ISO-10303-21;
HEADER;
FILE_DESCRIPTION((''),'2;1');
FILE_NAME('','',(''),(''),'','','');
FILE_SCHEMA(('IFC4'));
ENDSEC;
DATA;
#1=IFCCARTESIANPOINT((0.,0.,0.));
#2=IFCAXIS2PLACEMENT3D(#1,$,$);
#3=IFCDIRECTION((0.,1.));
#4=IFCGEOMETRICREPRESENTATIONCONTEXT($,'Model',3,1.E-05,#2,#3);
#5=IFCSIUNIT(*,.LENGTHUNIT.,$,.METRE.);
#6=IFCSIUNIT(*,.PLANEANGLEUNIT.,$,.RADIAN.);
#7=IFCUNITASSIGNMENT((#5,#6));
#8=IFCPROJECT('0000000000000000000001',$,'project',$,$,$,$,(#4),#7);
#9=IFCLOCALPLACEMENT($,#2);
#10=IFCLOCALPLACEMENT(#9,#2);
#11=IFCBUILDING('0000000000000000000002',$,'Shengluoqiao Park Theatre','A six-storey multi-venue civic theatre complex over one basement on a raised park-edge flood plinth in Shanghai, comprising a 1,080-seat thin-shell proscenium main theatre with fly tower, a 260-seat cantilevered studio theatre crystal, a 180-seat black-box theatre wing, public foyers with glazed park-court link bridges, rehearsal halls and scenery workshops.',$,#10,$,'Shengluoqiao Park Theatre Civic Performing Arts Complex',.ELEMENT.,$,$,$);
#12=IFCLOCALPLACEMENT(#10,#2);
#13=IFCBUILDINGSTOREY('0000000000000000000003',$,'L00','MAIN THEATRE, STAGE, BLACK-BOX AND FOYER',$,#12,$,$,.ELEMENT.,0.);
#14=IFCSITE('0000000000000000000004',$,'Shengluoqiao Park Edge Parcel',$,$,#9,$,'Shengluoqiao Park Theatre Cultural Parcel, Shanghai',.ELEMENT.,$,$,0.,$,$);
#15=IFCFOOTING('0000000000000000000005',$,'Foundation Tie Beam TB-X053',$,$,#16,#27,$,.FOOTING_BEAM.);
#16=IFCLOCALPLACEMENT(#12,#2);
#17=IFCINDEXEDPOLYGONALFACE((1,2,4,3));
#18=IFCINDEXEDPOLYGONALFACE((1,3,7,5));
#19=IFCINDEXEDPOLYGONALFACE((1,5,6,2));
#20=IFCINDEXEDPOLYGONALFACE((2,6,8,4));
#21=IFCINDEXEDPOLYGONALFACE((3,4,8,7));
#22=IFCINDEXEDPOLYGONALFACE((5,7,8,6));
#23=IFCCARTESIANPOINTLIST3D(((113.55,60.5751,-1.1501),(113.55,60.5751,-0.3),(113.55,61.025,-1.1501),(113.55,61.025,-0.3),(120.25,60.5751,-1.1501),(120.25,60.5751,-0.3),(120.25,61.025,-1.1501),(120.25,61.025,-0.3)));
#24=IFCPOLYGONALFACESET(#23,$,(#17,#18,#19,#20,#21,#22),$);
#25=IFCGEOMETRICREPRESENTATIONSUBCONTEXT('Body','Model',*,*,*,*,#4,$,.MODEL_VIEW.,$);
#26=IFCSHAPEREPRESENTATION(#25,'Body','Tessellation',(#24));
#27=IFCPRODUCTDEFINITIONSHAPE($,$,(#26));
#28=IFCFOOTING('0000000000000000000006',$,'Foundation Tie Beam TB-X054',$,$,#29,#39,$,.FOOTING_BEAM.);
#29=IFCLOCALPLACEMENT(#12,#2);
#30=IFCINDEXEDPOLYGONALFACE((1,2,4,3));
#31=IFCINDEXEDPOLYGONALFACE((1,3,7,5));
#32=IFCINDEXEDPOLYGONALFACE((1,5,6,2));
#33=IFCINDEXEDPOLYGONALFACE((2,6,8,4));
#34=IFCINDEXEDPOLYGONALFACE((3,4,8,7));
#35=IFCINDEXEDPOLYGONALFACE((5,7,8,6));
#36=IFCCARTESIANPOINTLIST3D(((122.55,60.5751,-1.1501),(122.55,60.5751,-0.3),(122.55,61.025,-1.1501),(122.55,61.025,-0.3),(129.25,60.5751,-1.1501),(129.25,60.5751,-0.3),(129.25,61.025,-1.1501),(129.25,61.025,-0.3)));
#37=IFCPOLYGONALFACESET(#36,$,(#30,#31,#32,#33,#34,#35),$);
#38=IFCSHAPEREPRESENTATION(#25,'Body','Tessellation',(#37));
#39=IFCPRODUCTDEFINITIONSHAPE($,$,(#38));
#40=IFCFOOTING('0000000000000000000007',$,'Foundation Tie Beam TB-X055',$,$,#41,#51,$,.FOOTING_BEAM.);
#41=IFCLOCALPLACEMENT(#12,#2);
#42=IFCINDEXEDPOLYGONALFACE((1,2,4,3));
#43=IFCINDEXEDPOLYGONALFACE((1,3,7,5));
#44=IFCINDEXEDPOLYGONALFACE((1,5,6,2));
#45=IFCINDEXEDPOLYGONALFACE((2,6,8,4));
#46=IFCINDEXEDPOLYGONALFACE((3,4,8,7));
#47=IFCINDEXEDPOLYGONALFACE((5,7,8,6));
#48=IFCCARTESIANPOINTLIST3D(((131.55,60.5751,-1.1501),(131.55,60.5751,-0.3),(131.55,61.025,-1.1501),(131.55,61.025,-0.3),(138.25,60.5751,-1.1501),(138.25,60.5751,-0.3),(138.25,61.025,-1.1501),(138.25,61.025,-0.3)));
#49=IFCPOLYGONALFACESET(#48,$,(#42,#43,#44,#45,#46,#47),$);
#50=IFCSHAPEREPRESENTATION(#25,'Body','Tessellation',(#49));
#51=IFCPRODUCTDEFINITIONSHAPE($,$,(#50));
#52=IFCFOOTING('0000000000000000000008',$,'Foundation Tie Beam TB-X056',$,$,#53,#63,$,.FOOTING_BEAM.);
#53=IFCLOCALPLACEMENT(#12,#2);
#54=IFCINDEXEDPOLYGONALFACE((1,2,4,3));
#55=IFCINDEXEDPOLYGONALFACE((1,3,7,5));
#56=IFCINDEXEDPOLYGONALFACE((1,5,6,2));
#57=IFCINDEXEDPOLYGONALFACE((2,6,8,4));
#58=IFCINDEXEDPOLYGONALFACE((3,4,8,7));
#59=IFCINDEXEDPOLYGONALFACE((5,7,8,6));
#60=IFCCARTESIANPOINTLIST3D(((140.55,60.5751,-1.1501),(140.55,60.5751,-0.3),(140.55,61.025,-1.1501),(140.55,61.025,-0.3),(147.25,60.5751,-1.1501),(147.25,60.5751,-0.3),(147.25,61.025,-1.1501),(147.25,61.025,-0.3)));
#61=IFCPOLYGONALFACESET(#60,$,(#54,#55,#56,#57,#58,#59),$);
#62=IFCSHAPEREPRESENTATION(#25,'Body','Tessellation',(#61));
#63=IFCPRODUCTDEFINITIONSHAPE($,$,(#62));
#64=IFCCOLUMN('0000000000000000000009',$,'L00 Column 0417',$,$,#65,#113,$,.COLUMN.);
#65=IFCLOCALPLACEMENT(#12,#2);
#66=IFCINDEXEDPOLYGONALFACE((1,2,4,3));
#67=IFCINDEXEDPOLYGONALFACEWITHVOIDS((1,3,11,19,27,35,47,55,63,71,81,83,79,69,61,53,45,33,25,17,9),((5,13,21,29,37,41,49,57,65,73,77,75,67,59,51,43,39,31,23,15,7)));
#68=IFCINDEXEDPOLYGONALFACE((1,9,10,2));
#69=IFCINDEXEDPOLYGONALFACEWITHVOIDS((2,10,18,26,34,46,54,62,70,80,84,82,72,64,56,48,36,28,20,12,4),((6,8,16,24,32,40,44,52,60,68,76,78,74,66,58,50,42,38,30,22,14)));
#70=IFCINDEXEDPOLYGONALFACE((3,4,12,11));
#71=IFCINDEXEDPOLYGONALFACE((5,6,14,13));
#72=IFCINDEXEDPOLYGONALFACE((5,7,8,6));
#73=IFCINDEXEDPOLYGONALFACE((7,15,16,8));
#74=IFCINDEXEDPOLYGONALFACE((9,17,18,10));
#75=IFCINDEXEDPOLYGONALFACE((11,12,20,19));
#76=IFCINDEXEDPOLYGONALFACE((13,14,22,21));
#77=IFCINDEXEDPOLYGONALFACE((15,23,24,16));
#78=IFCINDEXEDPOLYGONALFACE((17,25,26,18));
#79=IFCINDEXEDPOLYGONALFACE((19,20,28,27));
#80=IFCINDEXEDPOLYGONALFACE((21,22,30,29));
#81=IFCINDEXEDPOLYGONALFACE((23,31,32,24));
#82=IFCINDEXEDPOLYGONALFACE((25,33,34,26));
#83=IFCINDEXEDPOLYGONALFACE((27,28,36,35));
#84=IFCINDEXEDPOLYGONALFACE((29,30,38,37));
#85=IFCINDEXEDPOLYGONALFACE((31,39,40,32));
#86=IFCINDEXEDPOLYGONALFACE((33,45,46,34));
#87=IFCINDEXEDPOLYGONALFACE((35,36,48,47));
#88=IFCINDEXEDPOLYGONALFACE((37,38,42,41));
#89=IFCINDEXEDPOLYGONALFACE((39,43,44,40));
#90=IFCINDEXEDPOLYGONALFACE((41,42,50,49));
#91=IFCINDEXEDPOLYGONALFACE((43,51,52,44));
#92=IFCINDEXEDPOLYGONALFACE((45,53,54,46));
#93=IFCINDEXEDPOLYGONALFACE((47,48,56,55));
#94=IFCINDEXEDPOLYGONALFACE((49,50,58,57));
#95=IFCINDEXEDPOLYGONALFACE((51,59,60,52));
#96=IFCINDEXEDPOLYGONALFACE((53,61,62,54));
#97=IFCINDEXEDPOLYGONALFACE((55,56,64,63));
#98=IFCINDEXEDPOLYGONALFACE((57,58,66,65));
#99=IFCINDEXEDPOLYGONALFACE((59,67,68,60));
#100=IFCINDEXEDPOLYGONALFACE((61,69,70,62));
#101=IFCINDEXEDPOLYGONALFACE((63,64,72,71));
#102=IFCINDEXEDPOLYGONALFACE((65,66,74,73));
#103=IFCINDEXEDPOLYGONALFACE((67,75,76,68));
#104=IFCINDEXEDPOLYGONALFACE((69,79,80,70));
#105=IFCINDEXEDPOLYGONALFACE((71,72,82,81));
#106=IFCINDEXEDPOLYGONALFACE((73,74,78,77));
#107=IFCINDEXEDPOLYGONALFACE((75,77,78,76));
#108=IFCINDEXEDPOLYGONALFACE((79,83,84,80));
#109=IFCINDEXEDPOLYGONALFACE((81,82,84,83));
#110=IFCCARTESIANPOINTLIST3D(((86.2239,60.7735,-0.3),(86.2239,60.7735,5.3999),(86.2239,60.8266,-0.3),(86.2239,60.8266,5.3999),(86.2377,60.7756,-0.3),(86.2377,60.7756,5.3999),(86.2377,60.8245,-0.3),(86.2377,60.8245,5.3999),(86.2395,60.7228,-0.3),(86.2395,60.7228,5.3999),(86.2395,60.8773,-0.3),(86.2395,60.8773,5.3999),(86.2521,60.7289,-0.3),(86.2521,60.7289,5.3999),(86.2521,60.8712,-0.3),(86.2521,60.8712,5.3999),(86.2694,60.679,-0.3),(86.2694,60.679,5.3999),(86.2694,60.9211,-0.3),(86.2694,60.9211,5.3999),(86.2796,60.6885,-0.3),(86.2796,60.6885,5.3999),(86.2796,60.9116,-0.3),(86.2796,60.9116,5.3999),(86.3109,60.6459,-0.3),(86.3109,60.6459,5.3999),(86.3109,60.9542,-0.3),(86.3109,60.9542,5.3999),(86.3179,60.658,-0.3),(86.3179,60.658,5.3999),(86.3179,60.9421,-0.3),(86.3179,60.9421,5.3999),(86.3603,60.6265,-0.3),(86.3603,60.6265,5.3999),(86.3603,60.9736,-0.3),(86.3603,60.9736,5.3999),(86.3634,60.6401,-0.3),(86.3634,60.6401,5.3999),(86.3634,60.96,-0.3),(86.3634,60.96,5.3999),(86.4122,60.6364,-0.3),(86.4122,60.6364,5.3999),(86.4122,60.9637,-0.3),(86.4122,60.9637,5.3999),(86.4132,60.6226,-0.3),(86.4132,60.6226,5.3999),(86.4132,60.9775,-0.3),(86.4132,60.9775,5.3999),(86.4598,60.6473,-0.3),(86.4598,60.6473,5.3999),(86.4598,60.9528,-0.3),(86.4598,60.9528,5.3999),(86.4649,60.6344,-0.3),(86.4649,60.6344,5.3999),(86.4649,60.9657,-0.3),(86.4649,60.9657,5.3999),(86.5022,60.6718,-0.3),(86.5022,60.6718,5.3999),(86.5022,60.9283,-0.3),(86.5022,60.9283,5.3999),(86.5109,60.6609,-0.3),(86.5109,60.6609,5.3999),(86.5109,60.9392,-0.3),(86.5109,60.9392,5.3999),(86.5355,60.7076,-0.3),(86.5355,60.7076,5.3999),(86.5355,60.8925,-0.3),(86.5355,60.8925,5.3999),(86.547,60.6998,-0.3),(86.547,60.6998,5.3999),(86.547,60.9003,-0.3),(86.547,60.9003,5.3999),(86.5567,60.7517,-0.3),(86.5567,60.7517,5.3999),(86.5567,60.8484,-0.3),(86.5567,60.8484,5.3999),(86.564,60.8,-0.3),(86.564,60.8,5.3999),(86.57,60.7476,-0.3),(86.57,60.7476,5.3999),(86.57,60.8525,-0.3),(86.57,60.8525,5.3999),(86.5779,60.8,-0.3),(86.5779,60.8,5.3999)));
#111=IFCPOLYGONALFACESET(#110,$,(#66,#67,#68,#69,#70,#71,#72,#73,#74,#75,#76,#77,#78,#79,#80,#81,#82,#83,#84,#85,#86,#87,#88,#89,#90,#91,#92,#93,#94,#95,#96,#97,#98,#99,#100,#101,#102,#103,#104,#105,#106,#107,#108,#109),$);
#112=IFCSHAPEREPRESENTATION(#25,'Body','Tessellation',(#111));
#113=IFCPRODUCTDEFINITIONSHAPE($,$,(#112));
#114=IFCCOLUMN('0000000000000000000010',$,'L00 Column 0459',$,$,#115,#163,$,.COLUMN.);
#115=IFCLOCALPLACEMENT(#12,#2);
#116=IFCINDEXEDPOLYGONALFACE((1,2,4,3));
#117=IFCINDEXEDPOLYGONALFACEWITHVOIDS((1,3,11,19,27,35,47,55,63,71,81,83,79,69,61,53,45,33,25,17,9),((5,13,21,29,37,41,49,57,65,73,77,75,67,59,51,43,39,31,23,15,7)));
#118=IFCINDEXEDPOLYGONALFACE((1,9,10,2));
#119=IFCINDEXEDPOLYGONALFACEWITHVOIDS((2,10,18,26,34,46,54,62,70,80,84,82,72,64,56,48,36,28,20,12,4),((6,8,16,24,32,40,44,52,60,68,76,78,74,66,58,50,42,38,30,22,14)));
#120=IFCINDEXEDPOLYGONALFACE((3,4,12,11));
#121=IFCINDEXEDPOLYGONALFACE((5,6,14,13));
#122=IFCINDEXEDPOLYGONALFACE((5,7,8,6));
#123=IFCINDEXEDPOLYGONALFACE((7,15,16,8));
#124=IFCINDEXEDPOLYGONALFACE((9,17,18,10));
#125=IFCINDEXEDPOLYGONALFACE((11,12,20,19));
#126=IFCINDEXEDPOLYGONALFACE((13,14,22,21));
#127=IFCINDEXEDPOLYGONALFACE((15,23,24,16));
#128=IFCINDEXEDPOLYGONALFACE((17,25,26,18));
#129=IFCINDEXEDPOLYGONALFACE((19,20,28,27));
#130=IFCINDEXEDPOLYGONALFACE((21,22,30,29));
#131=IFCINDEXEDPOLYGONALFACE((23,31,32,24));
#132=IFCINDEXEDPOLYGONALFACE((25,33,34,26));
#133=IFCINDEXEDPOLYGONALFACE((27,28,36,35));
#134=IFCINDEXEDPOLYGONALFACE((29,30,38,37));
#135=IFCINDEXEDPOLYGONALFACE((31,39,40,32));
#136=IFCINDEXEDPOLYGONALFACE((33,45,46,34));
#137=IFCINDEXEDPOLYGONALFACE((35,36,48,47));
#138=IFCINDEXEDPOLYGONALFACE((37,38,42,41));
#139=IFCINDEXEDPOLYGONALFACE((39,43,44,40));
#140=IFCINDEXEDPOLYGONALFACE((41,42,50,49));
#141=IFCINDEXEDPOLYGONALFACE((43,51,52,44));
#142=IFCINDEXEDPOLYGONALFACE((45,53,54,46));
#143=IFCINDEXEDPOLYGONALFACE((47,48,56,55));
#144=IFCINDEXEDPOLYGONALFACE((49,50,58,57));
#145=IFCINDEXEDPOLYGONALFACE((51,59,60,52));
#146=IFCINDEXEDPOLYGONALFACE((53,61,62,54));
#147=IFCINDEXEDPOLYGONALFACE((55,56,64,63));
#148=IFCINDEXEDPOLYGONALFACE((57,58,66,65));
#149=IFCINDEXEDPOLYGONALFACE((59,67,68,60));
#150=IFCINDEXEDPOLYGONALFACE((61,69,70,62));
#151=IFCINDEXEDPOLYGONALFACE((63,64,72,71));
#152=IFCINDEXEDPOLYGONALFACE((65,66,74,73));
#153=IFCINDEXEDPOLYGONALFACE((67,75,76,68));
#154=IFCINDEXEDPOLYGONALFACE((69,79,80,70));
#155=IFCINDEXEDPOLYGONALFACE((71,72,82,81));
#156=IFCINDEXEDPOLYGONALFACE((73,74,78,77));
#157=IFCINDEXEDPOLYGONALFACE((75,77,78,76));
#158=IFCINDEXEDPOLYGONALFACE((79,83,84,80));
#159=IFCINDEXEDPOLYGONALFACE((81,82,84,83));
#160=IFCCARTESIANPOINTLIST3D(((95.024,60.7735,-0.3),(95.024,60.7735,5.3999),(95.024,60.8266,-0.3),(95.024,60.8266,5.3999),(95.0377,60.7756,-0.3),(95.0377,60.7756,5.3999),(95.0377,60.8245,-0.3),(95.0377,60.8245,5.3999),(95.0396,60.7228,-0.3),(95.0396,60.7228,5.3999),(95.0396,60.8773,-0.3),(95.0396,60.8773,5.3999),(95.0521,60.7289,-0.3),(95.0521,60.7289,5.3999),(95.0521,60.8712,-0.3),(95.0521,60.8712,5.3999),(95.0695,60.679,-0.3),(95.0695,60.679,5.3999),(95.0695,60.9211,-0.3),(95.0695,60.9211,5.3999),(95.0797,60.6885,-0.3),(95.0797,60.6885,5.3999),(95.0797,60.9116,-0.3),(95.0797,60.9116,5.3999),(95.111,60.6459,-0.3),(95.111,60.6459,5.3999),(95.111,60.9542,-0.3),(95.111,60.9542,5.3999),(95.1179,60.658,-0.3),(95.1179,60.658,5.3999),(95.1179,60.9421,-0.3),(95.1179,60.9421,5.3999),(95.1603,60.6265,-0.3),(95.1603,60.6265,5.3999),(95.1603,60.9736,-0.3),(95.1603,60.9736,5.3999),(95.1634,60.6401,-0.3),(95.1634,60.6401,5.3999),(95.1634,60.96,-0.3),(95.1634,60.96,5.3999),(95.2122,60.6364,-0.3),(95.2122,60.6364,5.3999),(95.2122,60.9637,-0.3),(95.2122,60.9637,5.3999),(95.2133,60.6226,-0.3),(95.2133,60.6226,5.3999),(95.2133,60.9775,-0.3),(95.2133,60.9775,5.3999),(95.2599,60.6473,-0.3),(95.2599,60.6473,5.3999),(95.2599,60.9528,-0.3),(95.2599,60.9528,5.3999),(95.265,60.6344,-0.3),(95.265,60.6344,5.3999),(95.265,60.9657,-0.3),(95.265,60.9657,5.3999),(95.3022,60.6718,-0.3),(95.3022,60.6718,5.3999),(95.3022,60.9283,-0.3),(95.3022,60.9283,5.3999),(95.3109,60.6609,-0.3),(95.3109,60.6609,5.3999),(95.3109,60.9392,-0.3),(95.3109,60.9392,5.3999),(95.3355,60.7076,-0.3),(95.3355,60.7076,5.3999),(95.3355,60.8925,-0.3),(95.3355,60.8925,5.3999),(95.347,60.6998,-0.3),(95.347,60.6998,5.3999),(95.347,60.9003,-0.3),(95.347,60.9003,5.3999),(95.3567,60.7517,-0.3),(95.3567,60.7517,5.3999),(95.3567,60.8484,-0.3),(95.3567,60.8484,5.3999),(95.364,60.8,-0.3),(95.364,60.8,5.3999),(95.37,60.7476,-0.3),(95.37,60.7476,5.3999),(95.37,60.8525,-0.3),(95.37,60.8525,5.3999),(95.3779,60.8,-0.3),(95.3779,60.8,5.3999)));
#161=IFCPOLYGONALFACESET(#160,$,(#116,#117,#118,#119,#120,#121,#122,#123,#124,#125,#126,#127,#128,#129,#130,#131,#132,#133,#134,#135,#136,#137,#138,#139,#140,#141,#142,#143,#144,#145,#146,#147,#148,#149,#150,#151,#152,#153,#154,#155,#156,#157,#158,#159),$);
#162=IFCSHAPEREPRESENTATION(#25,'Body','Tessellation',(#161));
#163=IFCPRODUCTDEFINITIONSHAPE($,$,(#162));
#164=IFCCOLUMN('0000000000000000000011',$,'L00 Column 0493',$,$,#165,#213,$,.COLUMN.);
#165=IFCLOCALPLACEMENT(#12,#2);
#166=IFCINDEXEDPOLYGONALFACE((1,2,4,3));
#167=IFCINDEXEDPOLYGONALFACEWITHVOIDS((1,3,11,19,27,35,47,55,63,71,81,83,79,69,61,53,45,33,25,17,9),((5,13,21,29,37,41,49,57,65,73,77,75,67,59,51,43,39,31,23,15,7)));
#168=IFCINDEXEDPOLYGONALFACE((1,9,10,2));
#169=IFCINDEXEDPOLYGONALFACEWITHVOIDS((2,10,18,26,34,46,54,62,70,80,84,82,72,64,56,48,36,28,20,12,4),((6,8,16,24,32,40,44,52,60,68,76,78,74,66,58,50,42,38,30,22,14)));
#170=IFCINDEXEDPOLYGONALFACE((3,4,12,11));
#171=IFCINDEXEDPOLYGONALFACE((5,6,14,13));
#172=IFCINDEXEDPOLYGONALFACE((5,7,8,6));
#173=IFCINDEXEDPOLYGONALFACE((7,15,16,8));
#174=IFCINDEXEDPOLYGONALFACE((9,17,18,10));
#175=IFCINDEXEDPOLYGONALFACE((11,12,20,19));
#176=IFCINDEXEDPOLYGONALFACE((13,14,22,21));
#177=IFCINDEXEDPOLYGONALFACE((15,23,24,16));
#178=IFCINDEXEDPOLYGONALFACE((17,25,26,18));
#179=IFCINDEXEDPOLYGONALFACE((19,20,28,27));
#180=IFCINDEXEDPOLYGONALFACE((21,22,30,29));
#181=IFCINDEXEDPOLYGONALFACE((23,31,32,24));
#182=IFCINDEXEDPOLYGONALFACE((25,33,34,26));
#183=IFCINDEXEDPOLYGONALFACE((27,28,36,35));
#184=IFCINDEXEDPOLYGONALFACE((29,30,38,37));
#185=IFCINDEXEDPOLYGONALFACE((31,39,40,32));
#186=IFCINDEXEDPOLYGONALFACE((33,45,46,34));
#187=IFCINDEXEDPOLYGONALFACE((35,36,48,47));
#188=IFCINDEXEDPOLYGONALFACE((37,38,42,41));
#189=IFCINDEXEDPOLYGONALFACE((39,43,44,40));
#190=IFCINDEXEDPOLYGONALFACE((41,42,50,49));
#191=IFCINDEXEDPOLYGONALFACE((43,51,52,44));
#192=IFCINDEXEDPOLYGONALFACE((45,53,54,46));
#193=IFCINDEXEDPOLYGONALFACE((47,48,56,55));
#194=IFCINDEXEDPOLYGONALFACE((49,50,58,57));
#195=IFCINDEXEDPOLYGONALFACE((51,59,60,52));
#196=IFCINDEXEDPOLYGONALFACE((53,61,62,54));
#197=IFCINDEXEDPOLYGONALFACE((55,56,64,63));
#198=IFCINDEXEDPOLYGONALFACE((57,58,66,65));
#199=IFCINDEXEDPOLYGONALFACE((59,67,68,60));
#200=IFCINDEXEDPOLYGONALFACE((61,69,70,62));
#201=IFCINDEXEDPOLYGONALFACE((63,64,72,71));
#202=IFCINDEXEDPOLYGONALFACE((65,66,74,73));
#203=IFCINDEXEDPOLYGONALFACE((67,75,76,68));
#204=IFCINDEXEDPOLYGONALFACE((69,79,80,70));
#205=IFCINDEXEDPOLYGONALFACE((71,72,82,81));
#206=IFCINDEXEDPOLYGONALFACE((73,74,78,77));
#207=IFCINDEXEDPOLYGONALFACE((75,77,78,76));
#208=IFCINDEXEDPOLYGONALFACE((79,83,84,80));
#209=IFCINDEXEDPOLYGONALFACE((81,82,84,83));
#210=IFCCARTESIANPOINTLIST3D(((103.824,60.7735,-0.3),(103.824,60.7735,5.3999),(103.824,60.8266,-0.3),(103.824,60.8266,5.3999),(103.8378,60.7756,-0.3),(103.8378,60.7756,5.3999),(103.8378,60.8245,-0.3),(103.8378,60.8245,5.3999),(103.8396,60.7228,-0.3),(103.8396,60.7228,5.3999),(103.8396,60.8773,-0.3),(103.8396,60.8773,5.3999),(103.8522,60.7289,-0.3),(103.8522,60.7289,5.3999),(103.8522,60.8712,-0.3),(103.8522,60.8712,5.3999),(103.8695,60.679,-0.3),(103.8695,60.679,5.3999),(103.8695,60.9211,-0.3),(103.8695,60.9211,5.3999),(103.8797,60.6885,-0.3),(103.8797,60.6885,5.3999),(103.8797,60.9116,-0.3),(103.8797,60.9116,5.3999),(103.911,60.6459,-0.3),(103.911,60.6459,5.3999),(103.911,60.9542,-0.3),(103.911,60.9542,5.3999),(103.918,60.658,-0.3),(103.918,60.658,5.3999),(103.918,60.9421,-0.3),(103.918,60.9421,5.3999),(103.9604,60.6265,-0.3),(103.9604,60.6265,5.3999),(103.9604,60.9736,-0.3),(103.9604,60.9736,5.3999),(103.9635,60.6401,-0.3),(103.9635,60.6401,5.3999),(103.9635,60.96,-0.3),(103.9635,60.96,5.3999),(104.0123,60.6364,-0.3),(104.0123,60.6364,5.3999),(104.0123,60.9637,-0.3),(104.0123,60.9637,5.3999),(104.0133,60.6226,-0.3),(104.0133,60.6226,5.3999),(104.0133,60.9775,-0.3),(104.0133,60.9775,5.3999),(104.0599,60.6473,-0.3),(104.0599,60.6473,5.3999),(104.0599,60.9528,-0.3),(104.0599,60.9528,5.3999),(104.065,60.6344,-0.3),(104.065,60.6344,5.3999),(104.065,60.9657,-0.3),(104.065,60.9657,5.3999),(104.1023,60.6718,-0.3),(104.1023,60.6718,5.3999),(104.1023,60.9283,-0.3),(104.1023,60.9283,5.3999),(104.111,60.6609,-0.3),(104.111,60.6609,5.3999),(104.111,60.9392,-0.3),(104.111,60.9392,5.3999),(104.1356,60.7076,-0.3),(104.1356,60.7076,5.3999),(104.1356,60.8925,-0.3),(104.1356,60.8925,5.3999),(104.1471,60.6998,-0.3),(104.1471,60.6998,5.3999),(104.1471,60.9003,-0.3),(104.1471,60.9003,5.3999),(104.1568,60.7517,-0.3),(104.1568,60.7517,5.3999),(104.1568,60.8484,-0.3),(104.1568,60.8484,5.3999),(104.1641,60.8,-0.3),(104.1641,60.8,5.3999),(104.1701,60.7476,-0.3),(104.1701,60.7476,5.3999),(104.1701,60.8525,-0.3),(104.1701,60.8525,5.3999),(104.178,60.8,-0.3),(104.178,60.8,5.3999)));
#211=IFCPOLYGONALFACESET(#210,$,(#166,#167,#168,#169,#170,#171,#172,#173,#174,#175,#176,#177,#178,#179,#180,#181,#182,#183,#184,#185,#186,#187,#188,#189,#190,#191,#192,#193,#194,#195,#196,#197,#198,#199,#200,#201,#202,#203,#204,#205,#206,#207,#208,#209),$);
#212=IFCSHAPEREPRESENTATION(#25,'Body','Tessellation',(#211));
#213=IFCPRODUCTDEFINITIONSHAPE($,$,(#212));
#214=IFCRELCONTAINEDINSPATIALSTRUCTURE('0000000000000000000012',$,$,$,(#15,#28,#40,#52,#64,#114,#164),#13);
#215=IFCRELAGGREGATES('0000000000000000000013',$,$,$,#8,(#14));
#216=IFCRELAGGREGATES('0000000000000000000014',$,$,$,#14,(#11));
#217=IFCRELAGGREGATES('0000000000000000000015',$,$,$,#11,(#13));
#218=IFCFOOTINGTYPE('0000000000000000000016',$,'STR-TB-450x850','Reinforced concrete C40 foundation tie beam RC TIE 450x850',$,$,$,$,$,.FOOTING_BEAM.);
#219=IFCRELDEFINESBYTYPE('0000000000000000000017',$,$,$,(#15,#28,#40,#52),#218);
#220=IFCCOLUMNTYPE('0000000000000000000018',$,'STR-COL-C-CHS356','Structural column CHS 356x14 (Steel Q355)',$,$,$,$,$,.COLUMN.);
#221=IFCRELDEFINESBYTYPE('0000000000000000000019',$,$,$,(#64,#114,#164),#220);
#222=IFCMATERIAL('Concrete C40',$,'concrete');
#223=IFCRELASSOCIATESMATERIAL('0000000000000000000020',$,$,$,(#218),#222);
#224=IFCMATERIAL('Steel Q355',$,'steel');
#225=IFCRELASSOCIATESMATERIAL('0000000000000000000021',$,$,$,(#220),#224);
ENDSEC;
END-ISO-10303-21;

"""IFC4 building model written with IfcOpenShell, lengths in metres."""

from ifc_helpers import new_model, si_unit, direction, frame, origin, origin_2d, place, context, subcontext, project, spatial, rectangle, hollow_circle, extrude, material, material_profile, profile_set, type_object, element, save


model = new_model("IFC4")

# Units and contexts
model_context = context("Model", 3, precision=1e-05, world=origin(), true_north=direction((0.0, 1.0)))
body_context = subcontext(model_context, "Body", "Model", "MODEL_VIEW")
ifc_project = project(units=[si_unit("LENGTHUNIT", "METRE"), si_unit("PLANEANGLEUNIT", "RADIAN")], contexts=[model_context])

# Site, building, storey
site_placement = place(None, origin())
site = spatial("IfcSite", under=ifc_project, at=site_placement, Name="Shengluoqiao Park Edge Parcel", LongName="Shengluoqiao Park Theatre Cultural Parcel, Shanghai", CompositionType="ELEMENT", RefElevation=0.0)
building_placement = place(site_placement, origin())
building = spatial("IfcBuilding", under=site, at=building_placement, Name="Shengluoqiao Park Theatre", Description="A six-storey multi-venue civic theatre complex over one basement on a raised park-edge flood plinth in Shanghai, comprising a 1,080-seat thin-shell proscenium main theatre with fly tower, a 260-seat cantilevered studio theatre crystal, a 180-seat black-box theatre wing, public foyers with glazed park-court link bridges, rehearsal halls and scenery workshops.", LongName="Shengluoqiao Park Theatre Civic Performing Arts Complex", CompositionType="ELEMENT")
storey_placement = place(building_placement, origin())
storey = spatial("IfcBuildingStorey", under=building, at=storey_placement, Name="L00", Description="MAIN THEATRE, STAGE, BLACK-BOX AND FOYER", CompositionType="ELEMENT", Elevation=0.0)

# Footings
ifc_material_1 = material(Name="Concrete C40", Category="concrete")
ifc_material_profile_1 = material_profile(ifc_material_1, rectangle(XDim=0.45, YDim=0.8501, at=origin_2d()), Name="RC TIE 450x850")
ifc_profile_set_1 = profile_set([ifc_material_profile_1], Name="Concrete C40")
footing_type_1 = type_object("IfcFootingType", Name="STR-TB-450x850", Description="Reinforced concrete C40 foundation tie beam RC TIE 450x850", PredefinedType="FOOTING_BEAM", material=ifc_profile_set_1)
for number, where, z_axis, x_axis, name in (
    (1, (113.55, 60.8, -0.7251), (1.0, 0.0, 0.0), (0.0, 1.0, 0.0), "Foundation Tie Beam TB-X053"),
    (2, (122.55, 60.8, -0.7251), (1.0, 0.0, 0.0), (0.0, 1.0, 0.0), "Foundation Tie Beam TB-X054"),
    (3, (131.55, 60.8, -0.7251), (1.0, 0.0, 0.0), (0.0, 1.0, 0.0), "Foundation Tie Beam TB-X055"),
    (4, (140.55, 60.8, -0.7251), (1.0, 0.0, 0.0), (0.0, 1.0, 0.0), "Foundation Tie Beam TB-X056"),
):
    element("IfcFooting", number, at=place(storey_placement, frame(where, z_axis=z_axis, x_axis=x_axis)), inside=storey, type_object=footing_type_1, Name=name, PredefinedType="FOOTING_BEAM", context=body_context, shape_type="SweptSolid", body=[
        extrude(rectangle(XDim=0.45, YDim=0.8501, at=origin_2d()), origin(), (0.0, 0.0, 1.0), 6.7),
    ])

# Columns
ifc_material_2 = material(Name="Steel Q355", Category="steel")
ifc_material_profile_2 = material_profile(ifc_material_2, hollow_circle(Radius=0.178, WallThickness=0.0139, at=origin_2d()), Name="CHS 356x14")
ifc_profile_set_2 = profile_set([ifc_material_profile_2], Name="Steel Q355")
column_type = type_object("IfcColumnType", Name="STR-COL-C-CHS356", Description="Structural column CHS 356x14 (Steel Q355)", PredefinedType="COLUMN", material=ifc_profile_set_2)
for number, where, z_axis, x_axis, name in (
    (5, (86.3999, 60.8, -0.3), (0.0, 0.0, 1.0), (1.0, 0.0, 0.0), "L00 Column 0417"),
    (6, (95.2, 60.8, -0.3), (0.0, 0.0, 1.0), (1.0, 0.0, 0.0), "L00 Column 0459"),
    (7, (104.0, 60.8, -0.3), (0.0, 0.0, 1.0), (1.0, 0.0, 0.0), "L00 Column 0493"),
):
    element("IfcColumn", number, at=place(storey_placement, frame(where, z_axis=z_axis, x_axis=x_axis)), inside=storey, type_object=column_type, Name=name, PredefinedType="COLUMN", context=body_context, shape_type="SweptSolid", body=[
        extrude(hollow_circle(Radius=0.178, WallThickness=0.0139, at=origin_2d()), origin(), (0.0, 0.0, 1.0), 5.7),
    ])

save(model, "model.ifc")
